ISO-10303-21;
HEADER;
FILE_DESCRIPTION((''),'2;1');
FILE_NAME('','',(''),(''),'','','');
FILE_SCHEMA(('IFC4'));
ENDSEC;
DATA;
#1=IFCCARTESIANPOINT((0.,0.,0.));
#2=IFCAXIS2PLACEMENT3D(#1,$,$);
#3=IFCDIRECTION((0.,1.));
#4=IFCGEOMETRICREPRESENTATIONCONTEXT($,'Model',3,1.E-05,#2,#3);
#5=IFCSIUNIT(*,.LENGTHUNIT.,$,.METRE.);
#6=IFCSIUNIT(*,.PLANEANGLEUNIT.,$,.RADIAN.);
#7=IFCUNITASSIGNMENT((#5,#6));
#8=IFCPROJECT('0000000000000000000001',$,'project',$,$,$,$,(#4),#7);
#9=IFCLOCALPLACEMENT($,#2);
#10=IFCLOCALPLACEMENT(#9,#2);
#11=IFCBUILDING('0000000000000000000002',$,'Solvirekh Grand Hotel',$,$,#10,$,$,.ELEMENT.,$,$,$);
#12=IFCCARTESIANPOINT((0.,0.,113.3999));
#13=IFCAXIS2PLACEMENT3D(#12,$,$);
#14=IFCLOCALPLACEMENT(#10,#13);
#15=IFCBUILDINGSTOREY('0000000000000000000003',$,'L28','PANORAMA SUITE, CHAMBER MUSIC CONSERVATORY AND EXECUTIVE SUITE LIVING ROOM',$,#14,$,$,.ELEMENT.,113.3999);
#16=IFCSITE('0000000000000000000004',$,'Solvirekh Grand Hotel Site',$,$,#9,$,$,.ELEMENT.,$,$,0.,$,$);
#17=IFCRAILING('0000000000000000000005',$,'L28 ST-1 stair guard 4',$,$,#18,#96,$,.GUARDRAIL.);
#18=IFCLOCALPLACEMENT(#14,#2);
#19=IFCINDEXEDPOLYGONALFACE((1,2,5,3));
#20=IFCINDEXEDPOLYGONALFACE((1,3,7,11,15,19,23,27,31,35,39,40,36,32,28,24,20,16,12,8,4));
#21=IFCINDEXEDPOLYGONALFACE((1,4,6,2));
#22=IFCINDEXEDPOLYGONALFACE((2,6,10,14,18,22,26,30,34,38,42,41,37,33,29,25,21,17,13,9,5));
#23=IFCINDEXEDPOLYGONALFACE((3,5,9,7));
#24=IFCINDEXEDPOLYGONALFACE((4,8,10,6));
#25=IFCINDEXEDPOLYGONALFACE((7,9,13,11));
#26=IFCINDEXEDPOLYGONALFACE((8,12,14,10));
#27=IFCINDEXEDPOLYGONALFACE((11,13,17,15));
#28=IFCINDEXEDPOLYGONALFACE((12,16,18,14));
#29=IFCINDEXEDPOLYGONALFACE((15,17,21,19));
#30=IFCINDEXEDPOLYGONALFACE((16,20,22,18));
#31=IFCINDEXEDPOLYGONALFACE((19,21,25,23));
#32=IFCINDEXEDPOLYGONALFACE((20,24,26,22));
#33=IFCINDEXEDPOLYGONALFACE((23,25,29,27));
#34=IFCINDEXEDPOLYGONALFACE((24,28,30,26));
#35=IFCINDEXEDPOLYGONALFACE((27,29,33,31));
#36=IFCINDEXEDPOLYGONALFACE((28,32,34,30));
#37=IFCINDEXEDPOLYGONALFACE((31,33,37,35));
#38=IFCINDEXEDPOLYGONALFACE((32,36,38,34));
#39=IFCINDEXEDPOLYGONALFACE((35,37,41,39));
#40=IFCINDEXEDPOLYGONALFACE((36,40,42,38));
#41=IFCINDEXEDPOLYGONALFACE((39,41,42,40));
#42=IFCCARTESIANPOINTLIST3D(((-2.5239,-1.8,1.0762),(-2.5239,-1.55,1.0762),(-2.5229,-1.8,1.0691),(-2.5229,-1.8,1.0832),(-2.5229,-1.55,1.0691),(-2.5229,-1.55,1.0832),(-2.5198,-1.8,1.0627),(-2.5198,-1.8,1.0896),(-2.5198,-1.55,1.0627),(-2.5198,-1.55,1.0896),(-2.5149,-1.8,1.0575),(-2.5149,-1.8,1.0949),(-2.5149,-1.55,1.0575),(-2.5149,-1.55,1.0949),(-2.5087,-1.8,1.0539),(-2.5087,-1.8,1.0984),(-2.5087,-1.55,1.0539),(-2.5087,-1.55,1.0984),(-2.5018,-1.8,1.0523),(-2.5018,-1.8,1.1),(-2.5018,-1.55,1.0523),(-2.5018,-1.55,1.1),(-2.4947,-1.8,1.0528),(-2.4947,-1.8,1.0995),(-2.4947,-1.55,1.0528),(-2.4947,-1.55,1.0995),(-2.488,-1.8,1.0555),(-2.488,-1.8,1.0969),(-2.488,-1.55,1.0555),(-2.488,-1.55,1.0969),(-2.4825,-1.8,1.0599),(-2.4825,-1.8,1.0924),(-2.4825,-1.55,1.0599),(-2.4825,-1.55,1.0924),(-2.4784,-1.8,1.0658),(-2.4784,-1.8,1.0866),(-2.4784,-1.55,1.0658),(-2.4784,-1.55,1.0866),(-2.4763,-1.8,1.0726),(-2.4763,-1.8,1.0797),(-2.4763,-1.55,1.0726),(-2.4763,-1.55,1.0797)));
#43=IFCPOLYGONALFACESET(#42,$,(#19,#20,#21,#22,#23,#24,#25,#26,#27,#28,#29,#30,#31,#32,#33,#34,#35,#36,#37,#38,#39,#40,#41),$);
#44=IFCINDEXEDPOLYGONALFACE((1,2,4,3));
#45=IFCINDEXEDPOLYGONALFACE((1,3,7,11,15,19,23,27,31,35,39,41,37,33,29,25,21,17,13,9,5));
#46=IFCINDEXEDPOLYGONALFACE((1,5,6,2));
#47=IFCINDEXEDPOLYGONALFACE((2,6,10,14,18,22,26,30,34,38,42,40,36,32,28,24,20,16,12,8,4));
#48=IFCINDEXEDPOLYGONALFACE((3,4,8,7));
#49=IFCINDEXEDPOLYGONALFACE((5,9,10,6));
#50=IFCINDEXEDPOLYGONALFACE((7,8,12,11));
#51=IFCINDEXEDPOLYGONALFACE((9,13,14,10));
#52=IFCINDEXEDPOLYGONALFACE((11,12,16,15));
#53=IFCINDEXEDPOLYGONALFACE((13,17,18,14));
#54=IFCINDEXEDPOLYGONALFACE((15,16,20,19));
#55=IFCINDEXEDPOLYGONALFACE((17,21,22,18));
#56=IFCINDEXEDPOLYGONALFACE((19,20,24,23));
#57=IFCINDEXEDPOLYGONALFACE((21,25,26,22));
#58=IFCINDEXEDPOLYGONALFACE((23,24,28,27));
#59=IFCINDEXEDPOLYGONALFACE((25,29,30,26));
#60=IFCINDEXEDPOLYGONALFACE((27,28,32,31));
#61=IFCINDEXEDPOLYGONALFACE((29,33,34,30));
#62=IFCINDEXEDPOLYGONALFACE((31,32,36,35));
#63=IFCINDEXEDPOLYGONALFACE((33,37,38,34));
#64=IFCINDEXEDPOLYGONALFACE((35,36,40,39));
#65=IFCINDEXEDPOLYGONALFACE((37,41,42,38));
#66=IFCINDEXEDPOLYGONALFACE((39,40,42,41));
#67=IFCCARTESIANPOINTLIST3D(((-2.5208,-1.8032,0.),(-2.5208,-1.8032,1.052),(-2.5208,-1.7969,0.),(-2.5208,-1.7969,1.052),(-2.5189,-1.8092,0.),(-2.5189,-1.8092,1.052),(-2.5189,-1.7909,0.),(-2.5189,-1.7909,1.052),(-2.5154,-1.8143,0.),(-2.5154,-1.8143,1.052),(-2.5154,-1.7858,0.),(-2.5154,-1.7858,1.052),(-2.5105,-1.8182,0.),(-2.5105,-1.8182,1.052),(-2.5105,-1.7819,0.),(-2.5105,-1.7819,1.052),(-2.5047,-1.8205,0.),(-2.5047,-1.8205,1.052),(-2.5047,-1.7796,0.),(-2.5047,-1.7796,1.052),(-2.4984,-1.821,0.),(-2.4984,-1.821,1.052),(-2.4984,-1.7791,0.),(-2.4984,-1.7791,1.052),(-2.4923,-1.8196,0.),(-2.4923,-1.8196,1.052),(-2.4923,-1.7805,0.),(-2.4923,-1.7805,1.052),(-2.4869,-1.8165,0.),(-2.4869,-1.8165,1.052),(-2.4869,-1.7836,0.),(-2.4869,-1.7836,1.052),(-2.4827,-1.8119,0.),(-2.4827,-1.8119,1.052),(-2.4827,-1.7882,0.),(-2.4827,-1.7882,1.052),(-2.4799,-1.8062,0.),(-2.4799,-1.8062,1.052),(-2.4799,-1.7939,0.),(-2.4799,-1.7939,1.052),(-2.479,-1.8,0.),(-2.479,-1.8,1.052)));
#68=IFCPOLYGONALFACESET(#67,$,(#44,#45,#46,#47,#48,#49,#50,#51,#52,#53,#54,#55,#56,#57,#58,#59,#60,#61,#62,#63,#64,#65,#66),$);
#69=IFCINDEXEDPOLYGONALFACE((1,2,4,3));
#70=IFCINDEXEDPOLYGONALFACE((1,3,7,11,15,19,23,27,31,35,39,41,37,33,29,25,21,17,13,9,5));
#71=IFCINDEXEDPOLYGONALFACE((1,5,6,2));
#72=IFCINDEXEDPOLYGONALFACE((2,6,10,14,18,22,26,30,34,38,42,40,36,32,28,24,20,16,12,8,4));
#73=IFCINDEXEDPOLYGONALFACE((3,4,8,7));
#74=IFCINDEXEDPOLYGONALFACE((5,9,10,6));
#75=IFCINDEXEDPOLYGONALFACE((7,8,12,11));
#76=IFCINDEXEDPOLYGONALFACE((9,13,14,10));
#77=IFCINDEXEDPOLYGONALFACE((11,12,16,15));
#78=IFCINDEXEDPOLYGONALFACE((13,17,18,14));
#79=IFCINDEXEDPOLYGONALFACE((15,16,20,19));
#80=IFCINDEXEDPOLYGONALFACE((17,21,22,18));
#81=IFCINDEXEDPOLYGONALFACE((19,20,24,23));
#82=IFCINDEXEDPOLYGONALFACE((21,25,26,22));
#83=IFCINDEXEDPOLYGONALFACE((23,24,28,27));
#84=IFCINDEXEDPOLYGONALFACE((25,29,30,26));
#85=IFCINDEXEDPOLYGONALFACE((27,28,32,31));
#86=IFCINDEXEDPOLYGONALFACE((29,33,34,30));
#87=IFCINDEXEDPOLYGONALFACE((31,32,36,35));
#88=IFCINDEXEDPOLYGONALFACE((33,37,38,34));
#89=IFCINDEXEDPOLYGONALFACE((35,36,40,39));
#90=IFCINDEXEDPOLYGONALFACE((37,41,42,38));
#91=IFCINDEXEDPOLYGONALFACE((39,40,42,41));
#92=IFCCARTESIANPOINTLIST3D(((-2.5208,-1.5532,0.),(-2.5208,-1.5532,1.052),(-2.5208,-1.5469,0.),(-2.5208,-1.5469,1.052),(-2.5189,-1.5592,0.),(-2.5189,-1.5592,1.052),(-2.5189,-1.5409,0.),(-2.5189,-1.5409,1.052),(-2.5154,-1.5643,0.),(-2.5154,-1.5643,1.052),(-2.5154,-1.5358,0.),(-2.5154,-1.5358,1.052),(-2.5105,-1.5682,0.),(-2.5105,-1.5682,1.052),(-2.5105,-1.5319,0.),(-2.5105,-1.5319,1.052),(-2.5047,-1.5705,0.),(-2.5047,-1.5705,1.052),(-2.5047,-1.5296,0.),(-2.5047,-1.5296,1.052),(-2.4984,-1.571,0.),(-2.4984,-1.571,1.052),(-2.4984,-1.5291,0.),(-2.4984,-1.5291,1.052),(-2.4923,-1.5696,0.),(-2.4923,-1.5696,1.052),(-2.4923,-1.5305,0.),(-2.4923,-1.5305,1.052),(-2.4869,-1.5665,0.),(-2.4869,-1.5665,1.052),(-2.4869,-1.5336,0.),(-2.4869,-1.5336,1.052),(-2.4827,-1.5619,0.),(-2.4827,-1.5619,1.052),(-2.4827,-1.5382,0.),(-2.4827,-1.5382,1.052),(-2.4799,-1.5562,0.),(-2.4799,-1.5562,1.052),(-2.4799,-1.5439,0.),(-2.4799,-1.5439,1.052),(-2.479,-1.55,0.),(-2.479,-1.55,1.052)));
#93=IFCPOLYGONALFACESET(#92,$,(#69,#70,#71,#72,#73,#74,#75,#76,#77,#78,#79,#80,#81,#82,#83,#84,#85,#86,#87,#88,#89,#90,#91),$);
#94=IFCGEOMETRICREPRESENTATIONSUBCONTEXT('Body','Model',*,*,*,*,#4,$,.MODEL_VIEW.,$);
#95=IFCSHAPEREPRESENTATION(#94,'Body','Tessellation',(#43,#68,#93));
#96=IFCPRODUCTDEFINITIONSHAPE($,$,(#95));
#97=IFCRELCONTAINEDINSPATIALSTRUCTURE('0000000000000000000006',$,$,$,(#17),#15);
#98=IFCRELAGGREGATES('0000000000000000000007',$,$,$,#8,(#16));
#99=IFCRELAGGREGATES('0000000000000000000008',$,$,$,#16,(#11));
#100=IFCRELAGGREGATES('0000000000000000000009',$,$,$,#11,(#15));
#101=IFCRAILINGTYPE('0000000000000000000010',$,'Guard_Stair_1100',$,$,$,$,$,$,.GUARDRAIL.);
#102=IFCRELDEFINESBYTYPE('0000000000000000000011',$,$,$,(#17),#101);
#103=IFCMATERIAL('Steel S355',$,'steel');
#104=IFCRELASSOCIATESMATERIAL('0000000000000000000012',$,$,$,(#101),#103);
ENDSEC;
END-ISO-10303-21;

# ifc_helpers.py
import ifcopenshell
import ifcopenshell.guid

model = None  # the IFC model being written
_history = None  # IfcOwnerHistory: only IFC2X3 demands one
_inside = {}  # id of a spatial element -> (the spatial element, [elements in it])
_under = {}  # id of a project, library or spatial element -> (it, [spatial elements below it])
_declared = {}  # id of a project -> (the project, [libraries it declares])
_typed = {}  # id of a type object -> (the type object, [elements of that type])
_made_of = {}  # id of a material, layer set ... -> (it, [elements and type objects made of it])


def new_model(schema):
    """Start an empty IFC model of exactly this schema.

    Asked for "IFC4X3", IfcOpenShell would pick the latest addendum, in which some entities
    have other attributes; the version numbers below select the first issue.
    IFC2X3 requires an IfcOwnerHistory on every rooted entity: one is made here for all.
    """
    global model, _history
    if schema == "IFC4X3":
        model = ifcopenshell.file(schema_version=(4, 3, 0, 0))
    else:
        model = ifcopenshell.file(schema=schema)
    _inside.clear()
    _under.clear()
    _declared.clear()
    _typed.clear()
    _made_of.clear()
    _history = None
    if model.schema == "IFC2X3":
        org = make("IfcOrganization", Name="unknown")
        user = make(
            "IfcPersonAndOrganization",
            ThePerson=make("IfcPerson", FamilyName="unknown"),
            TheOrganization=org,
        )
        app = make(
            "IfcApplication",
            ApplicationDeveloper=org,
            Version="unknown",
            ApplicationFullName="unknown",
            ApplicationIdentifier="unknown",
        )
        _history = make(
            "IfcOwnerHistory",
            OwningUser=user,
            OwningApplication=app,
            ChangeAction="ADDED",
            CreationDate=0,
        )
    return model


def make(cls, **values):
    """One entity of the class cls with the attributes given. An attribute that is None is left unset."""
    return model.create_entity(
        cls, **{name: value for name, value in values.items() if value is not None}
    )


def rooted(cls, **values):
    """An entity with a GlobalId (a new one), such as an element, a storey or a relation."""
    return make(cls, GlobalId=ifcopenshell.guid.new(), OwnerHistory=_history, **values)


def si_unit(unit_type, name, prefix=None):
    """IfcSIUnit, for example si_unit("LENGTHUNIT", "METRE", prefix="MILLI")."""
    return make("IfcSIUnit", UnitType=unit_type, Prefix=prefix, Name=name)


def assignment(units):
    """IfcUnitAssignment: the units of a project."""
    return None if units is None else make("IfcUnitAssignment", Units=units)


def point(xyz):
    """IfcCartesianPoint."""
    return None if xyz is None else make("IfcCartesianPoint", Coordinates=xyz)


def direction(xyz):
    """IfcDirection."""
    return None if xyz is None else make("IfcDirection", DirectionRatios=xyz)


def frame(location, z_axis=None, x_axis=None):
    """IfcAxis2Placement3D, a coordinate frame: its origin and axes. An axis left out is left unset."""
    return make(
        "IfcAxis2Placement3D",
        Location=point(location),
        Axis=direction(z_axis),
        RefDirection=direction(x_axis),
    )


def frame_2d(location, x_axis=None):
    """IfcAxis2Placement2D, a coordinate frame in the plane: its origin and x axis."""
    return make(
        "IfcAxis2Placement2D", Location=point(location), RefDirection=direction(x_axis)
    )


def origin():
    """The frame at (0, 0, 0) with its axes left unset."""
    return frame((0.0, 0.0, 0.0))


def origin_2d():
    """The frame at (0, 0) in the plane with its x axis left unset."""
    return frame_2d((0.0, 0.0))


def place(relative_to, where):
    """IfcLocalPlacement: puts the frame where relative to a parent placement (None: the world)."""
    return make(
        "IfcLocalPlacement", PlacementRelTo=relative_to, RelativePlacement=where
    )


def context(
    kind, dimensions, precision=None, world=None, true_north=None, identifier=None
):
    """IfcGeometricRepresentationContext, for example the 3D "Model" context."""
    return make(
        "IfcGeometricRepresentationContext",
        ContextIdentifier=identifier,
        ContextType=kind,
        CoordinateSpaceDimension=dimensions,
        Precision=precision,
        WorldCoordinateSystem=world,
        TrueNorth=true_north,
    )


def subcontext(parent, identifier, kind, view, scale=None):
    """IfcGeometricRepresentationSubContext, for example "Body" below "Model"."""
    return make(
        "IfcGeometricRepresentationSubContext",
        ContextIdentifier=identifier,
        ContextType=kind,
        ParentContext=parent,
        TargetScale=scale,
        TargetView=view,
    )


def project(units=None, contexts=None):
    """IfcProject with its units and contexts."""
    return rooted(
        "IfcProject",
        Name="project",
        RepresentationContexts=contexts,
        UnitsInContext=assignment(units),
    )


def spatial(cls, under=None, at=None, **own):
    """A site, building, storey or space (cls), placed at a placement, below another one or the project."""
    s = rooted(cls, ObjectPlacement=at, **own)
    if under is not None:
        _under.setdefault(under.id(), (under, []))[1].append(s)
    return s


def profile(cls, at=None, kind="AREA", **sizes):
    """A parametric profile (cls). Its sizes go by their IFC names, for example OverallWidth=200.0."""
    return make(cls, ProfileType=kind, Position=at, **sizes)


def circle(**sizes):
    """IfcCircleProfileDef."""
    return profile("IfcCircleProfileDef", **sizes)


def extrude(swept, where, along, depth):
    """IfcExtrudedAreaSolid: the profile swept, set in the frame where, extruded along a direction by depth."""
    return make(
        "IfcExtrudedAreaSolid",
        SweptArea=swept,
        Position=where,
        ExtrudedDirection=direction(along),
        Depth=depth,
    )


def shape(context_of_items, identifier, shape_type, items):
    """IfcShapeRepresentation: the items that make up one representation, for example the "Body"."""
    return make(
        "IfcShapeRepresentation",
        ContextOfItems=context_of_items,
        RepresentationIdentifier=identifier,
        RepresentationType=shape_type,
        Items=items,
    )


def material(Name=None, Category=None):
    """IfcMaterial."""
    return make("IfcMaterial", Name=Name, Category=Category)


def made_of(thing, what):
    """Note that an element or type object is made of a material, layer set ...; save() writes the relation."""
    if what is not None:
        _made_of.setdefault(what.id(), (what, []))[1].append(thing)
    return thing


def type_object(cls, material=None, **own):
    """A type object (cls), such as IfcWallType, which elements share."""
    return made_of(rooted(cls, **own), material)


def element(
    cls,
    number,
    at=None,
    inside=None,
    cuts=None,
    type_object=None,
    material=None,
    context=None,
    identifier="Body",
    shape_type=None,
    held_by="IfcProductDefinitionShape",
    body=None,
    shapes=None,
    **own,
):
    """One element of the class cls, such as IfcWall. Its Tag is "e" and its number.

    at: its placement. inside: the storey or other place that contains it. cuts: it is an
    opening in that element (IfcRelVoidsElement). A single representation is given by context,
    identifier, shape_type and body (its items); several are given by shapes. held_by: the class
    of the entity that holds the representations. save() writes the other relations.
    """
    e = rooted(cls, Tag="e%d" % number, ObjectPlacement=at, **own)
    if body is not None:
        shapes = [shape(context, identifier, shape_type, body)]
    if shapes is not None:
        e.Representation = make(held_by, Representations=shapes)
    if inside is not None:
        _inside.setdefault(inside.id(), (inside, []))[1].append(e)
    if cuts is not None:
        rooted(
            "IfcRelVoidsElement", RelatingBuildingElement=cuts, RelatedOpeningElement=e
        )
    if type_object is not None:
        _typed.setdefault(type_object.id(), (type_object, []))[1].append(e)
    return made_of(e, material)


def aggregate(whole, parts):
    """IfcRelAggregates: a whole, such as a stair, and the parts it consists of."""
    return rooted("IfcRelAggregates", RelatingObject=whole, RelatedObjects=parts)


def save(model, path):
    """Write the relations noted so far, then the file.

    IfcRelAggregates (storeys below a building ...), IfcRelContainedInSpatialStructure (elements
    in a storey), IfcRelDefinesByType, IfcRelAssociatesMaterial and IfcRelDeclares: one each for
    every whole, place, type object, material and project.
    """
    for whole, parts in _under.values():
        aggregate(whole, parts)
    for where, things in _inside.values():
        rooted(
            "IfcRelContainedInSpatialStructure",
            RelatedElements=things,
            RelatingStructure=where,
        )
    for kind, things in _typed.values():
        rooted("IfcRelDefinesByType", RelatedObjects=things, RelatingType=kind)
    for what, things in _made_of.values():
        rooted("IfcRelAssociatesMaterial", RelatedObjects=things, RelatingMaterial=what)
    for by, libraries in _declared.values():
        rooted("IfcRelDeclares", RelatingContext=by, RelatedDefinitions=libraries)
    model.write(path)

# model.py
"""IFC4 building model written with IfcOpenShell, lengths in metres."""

from ifc_helpers import new_model, si_unit, direction, frame, origin, origin_2d, place, context, subcontext, project, spatial, circle, extrude, material, type_object, element, save


model = new_model("IFC4")

# Units and contexts
model_context = context("Model", 3, precision=1e-05, world=origin(), true_north=direction((0.0, 1.0)))
body_context = subcontext(model_context, "Body", "Model", "MODEL_VIEW")
ifc_project = project(units=[si_unit("LENGTHUNIT", "METRE"), si_unit("PLANEANGLEUNIT", "RADIAN")], contexts=[model_context])

# Site, building, storey
site_placement = place(None, origin())
site = spatial("IfcSite", under=ifc_project, at=site_placement, Name="Solvirekh Grand Hotel Site", CompositionType="ELEMENT", RefElevation=0.0)
building_placement = place(site_placement, origin())
building = spatial("IfcBuilding", under=site, at=building_placement, Name="Solvirekh Grand Hotel", CompositionType="ELEMENT")
storey_placement = place(building_placement, frame((0.0, 0.0, 113.3999)))
storey = spatial("IfcBuildingStorey", under=building, at=storey_placement, Name="L28", Description="PANORAMA SUITE, CHAMBER MUSIC CONSERVATORY AND EXECUTIVE SUITE LIVING ROOM", CompositionType="ELEMENT", Elevation=113.3999)

# Railing
ifc_material_1 = material(Name="Steel S355", Category="steel")
railing_type_1 = type_object("IfcRailingType", Name="Guard_Stair_1100", PredefinedType="GUARDRAIL", material=ifc_material_1)
railing_1_placement = place(storey_placement, frame((-2.5, -1.8, 0.0)))
element("IfcRailing", 1, at=railing_1_placement, inside=storey, type_object=railing_type_1, Name="L28 ST-1 stair guard 4", PredefinedType="GUARDRAIL", context=body_context, shape_type="SweptSolid", body=[
    extrude(circle(Radius=0.0239, at=origin_2d()), frame((0.0, 0.0, 1.0762), z_axis=(0.0, 1.0, 0.0), x_axis=(-1.0, 0.0, 0.0)), (0.0, 0.0, 1.0), 0.25),
    extrude(circle(Radius=0.021, at=origin_2d()), origin(), (0.0, 0.0, 1.0), 1.052),
    extrude(circle(Radius=0.021, at=origin_2d()), frame((0.0, 0.25, 0.0)), (0.0, 0.0, 1.0), 1.052),
])

save(model, "model.ifc")
